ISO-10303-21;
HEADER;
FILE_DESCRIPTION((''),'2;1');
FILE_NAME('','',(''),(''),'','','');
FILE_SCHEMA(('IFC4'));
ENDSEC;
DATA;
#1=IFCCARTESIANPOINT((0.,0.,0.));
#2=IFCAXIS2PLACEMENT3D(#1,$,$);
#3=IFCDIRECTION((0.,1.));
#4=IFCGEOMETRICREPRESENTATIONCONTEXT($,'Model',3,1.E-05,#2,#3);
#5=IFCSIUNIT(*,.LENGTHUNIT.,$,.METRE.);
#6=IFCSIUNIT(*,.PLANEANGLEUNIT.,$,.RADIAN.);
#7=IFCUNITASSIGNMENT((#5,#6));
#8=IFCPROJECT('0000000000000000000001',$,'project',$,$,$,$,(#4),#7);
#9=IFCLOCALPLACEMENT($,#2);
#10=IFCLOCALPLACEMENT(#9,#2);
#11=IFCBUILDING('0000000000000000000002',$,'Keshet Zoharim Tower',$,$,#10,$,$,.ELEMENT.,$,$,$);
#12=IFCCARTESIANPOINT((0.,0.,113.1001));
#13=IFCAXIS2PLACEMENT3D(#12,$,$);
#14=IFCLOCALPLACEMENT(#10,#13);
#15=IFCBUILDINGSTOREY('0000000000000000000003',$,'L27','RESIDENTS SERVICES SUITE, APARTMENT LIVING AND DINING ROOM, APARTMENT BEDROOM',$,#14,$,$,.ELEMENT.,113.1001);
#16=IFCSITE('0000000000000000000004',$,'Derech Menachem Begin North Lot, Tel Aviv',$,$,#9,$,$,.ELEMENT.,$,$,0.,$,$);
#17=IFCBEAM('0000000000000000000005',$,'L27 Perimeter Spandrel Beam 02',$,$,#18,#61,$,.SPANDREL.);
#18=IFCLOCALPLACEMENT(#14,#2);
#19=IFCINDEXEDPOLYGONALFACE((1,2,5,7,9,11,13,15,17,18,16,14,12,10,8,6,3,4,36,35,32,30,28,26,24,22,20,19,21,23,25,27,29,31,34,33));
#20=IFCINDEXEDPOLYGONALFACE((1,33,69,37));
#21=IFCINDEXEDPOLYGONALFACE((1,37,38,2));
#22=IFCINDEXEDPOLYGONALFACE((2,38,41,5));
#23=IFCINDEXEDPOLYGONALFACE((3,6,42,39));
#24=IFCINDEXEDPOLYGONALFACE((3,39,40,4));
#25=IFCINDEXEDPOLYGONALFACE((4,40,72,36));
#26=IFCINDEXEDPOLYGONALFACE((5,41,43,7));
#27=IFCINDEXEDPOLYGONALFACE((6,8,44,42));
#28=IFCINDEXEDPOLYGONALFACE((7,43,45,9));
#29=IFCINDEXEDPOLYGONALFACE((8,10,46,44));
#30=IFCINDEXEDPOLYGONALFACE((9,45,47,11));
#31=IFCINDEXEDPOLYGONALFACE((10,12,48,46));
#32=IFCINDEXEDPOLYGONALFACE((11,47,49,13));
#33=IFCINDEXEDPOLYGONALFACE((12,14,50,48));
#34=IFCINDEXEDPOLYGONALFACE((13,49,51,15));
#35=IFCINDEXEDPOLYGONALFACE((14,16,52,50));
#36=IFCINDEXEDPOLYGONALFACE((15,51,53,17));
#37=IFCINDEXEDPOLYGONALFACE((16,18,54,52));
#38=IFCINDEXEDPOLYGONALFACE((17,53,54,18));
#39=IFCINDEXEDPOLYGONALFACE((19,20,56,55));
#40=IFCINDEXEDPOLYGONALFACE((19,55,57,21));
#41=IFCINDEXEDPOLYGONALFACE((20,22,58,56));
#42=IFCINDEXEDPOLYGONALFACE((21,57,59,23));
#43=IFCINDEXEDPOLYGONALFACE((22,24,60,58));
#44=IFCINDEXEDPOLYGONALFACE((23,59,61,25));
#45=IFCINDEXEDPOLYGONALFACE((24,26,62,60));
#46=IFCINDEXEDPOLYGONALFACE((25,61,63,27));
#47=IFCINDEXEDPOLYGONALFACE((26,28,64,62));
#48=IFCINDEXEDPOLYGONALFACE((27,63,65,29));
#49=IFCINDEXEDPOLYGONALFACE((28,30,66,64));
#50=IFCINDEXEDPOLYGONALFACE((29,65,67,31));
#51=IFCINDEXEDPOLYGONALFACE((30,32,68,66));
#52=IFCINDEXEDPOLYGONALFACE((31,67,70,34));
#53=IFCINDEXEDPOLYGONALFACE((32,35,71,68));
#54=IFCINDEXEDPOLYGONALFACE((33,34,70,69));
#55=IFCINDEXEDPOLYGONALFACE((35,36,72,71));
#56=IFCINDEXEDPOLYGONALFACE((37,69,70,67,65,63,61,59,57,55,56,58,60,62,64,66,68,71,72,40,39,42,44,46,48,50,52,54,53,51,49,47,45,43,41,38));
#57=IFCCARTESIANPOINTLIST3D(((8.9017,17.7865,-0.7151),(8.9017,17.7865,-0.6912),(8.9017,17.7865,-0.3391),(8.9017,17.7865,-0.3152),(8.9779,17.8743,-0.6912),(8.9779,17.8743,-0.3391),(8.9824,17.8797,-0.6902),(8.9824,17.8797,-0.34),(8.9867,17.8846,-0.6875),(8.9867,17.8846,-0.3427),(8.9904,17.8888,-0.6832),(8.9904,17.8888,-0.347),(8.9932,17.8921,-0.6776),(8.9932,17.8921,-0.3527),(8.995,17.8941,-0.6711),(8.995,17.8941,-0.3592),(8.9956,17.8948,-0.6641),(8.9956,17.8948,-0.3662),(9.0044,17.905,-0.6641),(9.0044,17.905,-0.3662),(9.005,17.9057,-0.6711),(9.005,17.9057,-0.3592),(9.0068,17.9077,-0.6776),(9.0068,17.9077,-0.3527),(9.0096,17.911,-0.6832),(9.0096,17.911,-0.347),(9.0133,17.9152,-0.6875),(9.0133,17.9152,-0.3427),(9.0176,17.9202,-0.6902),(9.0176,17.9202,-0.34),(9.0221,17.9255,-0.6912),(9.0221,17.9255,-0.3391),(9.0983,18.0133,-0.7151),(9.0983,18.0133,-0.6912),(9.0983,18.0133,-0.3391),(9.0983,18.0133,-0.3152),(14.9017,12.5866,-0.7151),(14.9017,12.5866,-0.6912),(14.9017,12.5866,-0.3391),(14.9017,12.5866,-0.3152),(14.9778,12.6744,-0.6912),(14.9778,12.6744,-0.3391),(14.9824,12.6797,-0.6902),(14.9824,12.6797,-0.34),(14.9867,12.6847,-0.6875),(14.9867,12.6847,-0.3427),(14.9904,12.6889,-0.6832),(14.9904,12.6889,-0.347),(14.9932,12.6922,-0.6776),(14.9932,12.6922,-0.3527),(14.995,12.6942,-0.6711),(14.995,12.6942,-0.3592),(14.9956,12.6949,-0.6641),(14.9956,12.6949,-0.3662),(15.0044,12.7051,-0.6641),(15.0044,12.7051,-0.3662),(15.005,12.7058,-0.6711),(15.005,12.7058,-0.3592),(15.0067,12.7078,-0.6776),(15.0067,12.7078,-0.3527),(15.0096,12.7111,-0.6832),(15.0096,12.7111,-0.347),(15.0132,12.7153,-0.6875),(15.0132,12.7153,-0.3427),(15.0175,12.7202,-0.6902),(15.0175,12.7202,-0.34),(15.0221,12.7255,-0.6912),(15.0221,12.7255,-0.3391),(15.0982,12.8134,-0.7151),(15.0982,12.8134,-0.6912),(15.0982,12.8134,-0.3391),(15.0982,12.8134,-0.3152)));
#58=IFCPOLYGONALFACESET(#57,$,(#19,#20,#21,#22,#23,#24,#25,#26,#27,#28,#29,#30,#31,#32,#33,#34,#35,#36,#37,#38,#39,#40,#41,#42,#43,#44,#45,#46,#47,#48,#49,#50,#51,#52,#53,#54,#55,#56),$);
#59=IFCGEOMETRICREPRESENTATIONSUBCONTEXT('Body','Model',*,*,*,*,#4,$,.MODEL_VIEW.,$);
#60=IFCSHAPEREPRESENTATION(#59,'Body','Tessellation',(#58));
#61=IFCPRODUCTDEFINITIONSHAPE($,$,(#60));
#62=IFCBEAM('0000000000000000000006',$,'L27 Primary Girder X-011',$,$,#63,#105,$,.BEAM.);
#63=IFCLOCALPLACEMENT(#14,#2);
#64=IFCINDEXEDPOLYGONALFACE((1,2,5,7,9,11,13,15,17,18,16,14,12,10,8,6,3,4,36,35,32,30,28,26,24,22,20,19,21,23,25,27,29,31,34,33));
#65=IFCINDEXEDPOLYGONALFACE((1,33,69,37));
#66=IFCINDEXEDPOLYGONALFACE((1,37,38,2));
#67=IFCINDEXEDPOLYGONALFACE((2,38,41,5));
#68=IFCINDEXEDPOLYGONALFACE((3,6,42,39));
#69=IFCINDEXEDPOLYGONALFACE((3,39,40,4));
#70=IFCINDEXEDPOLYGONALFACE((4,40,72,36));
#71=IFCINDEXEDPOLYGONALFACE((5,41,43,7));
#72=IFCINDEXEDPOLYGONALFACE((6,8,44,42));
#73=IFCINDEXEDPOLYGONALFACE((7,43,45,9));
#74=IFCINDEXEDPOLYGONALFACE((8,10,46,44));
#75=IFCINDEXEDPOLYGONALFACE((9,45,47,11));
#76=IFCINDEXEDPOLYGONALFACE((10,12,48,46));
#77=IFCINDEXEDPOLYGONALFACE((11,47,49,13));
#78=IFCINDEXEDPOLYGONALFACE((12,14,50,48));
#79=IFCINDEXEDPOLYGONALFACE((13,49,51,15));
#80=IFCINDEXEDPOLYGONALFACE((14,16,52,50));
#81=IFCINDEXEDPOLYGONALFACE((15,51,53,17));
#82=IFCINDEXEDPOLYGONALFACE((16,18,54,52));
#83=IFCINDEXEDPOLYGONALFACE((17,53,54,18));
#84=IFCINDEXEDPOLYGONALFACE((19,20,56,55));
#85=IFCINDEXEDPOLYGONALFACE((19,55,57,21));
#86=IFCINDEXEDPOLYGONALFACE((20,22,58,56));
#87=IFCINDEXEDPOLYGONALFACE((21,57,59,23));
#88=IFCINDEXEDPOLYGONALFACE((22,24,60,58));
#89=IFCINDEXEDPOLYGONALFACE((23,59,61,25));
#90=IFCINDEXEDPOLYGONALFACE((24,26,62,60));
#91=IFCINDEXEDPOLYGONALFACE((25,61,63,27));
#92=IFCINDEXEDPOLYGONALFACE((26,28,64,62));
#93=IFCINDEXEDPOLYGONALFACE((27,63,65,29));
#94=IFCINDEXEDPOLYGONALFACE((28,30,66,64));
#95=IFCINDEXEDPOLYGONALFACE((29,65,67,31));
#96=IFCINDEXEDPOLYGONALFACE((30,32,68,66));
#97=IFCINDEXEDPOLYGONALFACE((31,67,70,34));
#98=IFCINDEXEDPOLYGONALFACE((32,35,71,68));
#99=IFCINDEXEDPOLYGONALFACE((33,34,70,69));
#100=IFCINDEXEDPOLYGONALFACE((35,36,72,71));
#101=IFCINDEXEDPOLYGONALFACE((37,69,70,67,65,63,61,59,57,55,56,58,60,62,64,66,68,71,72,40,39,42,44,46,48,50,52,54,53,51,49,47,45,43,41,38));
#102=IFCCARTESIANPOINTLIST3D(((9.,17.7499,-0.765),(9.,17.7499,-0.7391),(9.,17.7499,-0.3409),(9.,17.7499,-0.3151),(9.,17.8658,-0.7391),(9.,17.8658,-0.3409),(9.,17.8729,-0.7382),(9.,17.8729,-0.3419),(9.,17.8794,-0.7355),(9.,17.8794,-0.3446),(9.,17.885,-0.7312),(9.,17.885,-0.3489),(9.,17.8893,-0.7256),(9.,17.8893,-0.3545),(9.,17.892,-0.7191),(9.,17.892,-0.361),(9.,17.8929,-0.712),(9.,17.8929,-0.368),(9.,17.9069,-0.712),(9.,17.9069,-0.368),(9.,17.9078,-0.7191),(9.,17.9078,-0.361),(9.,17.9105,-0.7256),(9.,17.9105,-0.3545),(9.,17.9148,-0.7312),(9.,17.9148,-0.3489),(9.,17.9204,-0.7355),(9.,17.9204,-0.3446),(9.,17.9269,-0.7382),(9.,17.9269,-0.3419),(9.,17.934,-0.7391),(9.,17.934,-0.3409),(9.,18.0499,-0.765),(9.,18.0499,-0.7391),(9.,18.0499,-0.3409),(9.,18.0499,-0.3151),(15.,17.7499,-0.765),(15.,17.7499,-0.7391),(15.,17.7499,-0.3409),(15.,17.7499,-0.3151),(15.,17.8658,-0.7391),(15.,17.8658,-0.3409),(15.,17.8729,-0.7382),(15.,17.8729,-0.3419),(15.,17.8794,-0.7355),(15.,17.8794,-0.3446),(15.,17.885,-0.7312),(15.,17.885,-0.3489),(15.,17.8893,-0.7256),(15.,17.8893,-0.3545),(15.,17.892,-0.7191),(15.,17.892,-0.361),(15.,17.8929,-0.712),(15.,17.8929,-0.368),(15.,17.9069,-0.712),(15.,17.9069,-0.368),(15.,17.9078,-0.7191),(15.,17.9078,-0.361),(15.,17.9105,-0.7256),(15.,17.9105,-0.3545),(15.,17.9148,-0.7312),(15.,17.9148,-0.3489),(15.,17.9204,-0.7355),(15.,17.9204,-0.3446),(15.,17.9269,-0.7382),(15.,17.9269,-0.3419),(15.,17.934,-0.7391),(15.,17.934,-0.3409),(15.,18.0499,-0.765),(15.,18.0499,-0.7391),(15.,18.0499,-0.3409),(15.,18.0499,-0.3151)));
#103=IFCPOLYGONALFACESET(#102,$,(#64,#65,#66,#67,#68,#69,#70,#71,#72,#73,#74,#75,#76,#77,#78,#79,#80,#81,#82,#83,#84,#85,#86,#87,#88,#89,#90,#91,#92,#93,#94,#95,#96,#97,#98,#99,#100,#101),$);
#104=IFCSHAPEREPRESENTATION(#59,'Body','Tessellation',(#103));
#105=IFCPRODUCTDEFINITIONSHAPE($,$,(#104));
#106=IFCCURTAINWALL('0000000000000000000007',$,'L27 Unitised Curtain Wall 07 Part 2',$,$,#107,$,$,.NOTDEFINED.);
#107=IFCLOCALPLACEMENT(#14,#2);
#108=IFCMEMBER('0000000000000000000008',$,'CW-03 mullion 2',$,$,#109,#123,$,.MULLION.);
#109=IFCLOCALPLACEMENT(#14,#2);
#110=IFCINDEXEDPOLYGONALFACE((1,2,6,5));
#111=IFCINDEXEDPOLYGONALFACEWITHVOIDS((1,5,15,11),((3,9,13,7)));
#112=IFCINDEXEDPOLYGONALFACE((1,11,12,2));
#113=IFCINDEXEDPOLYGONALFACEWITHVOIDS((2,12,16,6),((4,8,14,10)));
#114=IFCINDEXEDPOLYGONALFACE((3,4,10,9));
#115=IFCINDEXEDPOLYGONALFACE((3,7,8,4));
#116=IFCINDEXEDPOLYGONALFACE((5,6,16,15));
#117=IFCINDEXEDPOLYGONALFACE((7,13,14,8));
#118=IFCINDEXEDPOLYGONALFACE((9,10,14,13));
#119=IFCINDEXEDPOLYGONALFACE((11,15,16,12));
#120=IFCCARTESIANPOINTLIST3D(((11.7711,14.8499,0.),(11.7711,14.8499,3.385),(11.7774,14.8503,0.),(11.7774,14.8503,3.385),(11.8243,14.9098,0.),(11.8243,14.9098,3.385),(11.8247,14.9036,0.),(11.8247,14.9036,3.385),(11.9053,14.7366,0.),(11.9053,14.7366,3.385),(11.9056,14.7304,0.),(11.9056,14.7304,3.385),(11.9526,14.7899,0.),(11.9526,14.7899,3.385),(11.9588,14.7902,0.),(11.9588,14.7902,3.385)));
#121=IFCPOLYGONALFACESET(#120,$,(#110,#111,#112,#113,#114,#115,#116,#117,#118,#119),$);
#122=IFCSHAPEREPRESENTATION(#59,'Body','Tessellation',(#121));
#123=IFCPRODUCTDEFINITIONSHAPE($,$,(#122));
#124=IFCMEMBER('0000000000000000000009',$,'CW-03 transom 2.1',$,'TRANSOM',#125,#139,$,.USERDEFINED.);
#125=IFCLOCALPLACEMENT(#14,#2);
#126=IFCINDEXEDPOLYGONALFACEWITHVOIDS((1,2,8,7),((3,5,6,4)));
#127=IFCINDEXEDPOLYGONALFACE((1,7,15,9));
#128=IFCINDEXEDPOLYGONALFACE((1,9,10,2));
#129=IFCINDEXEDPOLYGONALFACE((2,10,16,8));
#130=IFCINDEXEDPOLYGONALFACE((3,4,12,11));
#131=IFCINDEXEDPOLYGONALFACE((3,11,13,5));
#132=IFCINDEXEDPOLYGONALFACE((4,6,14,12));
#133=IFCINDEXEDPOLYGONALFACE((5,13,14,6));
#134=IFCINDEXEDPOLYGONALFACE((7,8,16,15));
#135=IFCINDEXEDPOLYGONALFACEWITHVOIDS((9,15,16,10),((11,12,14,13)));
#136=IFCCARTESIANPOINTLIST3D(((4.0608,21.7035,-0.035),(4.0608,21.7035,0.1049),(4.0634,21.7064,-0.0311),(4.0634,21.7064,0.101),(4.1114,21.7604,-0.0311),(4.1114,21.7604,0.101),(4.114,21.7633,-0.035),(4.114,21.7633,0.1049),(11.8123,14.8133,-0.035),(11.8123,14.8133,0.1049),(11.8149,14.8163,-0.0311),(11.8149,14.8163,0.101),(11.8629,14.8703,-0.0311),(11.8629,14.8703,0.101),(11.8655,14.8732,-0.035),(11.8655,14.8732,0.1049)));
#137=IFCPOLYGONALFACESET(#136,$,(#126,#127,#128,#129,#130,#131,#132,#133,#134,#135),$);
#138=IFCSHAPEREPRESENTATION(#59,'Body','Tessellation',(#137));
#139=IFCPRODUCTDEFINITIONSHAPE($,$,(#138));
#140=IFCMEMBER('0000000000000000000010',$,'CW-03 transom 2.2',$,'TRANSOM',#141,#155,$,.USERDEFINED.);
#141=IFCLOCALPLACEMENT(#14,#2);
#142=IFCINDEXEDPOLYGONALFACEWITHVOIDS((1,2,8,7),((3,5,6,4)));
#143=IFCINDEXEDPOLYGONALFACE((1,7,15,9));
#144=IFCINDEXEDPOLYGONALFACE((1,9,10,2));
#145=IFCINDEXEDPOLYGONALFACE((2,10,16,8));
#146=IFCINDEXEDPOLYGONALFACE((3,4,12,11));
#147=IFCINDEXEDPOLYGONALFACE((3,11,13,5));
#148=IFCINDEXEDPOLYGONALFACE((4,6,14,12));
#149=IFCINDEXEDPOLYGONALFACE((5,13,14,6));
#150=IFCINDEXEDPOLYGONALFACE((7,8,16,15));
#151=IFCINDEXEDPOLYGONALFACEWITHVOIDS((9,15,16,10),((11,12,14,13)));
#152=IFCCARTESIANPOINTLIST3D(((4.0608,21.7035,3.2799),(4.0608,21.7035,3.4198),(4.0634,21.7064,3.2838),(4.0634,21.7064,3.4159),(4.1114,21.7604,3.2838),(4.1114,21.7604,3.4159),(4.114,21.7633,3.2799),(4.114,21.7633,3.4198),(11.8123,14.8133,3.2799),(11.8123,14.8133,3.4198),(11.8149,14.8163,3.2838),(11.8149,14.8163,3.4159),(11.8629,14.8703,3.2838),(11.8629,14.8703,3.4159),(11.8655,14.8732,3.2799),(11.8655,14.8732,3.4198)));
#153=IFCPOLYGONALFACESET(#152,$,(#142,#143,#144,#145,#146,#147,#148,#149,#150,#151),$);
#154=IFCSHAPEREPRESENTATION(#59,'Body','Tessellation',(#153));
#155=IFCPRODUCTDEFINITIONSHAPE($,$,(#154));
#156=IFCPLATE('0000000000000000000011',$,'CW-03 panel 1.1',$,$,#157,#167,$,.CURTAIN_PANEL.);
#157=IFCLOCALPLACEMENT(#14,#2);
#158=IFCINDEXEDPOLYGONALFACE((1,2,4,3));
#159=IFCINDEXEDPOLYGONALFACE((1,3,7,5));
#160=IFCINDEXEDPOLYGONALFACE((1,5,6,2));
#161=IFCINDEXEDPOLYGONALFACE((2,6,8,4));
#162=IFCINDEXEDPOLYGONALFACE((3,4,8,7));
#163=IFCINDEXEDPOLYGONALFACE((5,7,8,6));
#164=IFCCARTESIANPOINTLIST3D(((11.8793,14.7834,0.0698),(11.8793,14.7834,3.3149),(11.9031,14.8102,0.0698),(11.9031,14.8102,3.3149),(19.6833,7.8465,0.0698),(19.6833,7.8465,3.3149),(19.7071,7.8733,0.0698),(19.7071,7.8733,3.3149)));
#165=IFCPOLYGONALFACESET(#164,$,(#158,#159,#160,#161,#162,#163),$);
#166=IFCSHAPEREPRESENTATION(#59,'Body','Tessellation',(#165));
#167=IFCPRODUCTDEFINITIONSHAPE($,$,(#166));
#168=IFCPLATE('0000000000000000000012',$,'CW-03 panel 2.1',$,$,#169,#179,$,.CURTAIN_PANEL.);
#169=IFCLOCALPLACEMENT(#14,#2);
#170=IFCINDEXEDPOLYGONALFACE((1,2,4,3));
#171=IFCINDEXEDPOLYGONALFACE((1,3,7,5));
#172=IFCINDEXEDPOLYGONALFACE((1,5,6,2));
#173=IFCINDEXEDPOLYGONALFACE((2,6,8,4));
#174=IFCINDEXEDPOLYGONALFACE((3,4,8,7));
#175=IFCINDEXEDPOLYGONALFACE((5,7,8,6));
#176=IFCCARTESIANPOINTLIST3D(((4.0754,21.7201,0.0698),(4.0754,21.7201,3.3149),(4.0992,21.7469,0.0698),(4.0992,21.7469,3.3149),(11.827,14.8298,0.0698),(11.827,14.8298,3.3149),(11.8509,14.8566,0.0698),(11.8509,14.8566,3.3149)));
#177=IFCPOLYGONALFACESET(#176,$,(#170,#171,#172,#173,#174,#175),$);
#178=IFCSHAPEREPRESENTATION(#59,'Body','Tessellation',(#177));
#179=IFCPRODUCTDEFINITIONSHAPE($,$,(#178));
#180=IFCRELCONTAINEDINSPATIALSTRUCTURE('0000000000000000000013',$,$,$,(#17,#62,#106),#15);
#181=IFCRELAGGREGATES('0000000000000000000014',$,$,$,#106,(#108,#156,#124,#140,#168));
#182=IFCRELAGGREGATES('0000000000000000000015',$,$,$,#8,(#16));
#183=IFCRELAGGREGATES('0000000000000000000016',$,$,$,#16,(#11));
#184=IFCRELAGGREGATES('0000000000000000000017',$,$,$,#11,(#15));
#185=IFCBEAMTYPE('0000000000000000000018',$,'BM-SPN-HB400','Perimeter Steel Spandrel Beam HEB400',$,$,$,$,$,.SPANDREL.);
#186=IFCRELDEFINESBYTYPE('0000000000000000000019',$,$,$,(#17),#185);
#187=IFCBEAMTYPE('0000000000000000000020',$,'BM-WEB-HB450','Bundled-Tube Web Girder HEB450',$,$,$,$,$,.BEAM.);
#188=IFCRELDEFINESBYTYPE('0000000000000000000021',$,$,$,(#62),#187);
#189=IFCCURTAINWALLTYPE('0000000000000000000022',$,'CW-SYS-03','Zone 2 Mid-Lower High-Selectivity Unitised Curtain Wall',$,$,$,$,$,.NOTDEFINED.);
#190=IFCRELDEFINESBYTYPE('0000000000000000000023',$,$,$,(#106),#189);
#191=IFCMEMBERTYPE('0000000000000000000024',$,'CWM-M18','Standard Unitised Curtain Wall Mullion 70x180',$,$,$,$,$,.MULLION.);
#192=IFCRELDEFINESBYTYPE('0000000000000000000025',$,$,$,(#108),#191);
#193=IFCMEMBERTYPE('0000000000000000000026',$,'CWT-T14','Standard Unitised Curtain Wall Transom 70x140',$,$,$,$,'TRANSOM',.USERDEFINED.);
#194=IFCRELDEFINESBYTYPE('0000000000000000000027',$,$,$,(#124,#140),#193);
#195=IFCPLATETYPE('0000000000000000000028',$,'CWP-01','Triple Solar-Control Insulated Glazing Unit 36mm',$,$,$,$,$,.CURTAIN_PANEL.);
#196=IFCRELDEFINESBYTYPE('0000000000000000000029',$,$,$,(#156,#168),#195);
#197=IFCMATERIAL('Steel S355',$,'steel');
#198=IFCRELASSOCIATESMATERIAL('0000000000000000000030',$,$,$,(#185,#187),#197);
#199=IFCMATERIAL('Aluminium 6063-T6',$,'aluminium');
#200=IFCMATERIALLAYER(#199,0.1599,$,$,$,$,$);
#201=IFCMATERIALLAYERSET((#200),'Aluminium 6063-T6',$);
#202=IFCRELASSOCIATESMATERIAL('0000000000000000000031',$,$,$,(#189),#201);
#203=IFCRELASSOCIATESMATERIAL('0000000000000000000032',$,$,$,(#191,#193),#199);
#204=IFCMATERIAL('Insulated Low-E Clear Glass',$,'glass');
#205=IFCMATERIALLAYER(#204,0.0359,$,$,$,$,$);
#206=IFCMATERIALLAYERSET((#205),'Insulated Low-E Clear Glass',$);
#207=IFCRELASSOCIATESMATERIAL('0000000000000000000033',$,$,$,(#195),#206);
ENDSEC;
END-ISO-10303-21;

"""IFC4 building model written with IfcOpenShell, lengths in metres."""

from ifc_helpers import new_model, si_unit, direction, frame, origin, origin_2d, place, context, subcontext, project, spatial, rectangle, hollow_rectangle, i_section, extrude, material, layer, layer_set, material_profile, profile_set, type_object, element, aggregate, save


model = new_model("IFC4")

# Units and contexts
model_context = context("Model", 3, precision=1e-05, world=origin(), true_north=direction((0.0, 1.0)))
body_context = subcontext(model_context, "Body", "Model", "MODEL_VIEW")
ifc_project = project(units=[si_unit("LENGTHUNIT", "METRE"), si_unit("PLANEANGLEUNIT", "RADIAN")], contexts=[model_context])

# Site, building, storey
site_placement = place(None, origin())
site = spatial("IfcSite", under=ifc_project, at=site_placement, Name="Derech Menachem Begin North Lot, Tel Aviv", CompositionType="ELEMENT", RefElevation=0.0)
building_placement = place(site_placement, origin())
building = spatial("IfcBuilding", under=site, at=building_placement, Name="Keshet Zoharim Tower", CompositionType="ELEMENT")
storey_placement = place(building_placement, frame((0.0, 0.0, 113.1001)))
storey = spatial("IfcBuildingStorey", under=building, at=storey_placement, Name="L27", Description="RESIDENTS SERVICES SUITE, APARTMENT LIVING AND DINING ROOM, APARTMENT BEDROOM", CompositionType="ELEMENT", Elevation=113.1001)

# Shared definitions
ifc_material_1 = material(Name="Steel S355", Category="steel")

# Beams
ifc_material_profile_1 = material_profile(ifc_material_1, i_section(OverallWidth=0.3, OverallDepth=0.3999, WebThickness=0.0134, FlangeThickness=0.0239, FilletRadius=0.0271, at=origin_2d()), Name="HEB400")
ifc_profile_set_1 = profile_set([ifc_material_profile_1], Name="Steel S355")
beam_type_1 = type_object("IfcBeamType", Name="BM-SPN-HB400", Description="Perimeter Steel Spandrel Beam HEB400", PredefinedType="SPANDREL", material=ifc_profile_set_1)
beam_1_placement = place(storey_placement, frame((9.0, 17.8999, -0.5151), z_axis=(0.755692, -0.654927, 0.0), x_axis=(0.654927, 0.755692, 0.0)))
element("IfcBeam", 1, at=beam_1_placement, inside=storey, type_object=beam_type_1, Name="L27 Perimeter Spandrel Beam 02", PredefinedType="SPANDREL", context=body_context, shape_type="SweptSolid", body=[
    extrude(i_section(OverallWidth=0.3, OverallDepth=0.3999, WebThickness=0.0134, FlangeThickness=0.0239, FilletRadius=0.0271, at=origin_2d()), origin(), (0.0, 0.0, 1.0), 7.9397),
])
ifc_material_profile_2 = material_profile(ifc_material_1, i_section(OverallWidth=0.3, OverallDepth=0.45, WebThickness=0.0139, FlangeThickness=0.0259, FilletRadius=0.0271, at=origin_2d()), Name="HEB450")
ifc_profile_set_2 = profile_set([ifc_material_profile_2], Name="Steel S355")
beam_type_2 = type_object("IfcBeamType", Name="BM-WEB-HB450", Description="Bundled-Tube Web Girder HEB450", PredefinedType="BEAM", material=ifc_profile_set_2)
beam_2_placement = place(storey_placement, frame((9.0, 17.8999, -0.54), z_axis=(1.0, 0.0, 0.0), x_axis=(0.0, 1.0, 0.0)))
element("IfcBeam", 2, at=beam_2_placement, inside=storey, type_object=beam_type_2, Name="L27 Primary Girder X-011", PredefinedType="BEAM", context=body_context, shape_type="SweptSolid", body=[
    extrude(i_section(OverallWidth=0.3, OverallDepth=0.45, WebThickness=0.0139, FlangeThickness=0.0259, FilletRadius=0.0271, at=origin_2d()), origin(), (0.0, 0.0, 1.0), 6.0),
])

# Curtain wall, members, plates
ifc_material_2 = material(Name="Aluminium 6063-T6", Category="aluminium")
ifc_layer_1 = layer(ifc_material_2, 0.1599)
ifc_layer_set_1 = layer_set([ifc_layer_1], Name="Aluminium 6063-T6")
curtain_wall_type = type_object("IfcCurtainWallType", Name="CW-SYS-03", Description="Zone 2 Mid-Lower High-Selectivity Unitised Curtain Wall", PredefinedType="NOTDEFINED", material=ifc_layer_set_1)
curtain_wall_placement = place(storey_placement, origin())
curtain_wall = element("IfcCurtainWall", 3, at=curtain_wall_placement, inside=storey, type_object=curtain_wall_type, Name="L27 Unitised Curtain Wall 07 Part 2", PredefinedType="NOTDEFINED")
ifc_material_profile_3 = material_profile(ifc_material_2, hollow_rectangle(XDim=0.0801, YDim=0.1799, WallThickness=0.0044, at=origin_2d()), Name="MUL-80x180")
ifc_profile_set_3 = profile_set([ifc_material_profile_3], Name="Aluminium 6063-T6")
member_type_1 = type_object("IfcMemberType", Name="CWM-M18", Description="Standard Unitised Curtain Wall Mullion 70x180", PredefinedType="MULLION", material=ifc_profile_set_3)
member_1_placement = place(storey_placement, frame((11.865, 14.8201, 0.0), z_axis=(0.0, 0.0, 1.0), x_axis=(-0.664362, -0.747411, 0.0)))
member_1 = element("IfcMember", 4, at=member_1_placement, type_object=member_type_1, Name="CW-03 mullion 2", PredefinedType="MULLION", context=body_context, shape_type="SweptSolid", body=[
    extrude(hollow_rectangle(XDim=0.0801, YDim=0.1799, WallThickness=0.0044, at=origin_2d()), origin(), (0.0, 0.0, 1.0), 3.385),
])
ifc_material_profile_4 = material_profile(ifc_material_2, hollow_rectangle(XDim=0.0801, YDim=0.1399, WallThickness=0.0039, at=origin_2d()), Name="TRN-80x140")
ifc_profile_set_4 = profile_set([ifc_material_profile_4], Name="Aluminium 6063-T6")
member_type_2 = type_object("IfcMemberType", Name="CWT-T14", Description="Standard Unitised Curtain Wall Transom 70x140", ElementType="TRANSOM", PredefinedType="USERDEFINED", material=ifc_profile_set_4)
member_2_placement = place(storey_placement, frame((11.8389, 14.8433, 0.0349), z_axis=(-0.747412, 0.664361, 0.0), x_axis=(-0.664361, -0.747412, 0.0)))
member_2 = element("IfcMember", 5, at=member_2_placement, type_object=member_type_2, Name="CW-03 transom 2.1", ObjectType="TRANSOM", PredefinedType="USERDEFINED", context=body_context, shape_type="SweptSolid", body=[
    extrude(hollow_rectangle(XDim=0.0801, YDim=0.1399, WallThickness=0.0039, at=origin_2d()), origin(), (0.0, 0.0, 1.0), 10.3711),
])
member_3_placement = place(storey_placement, frame((11.8389, 14.8433, 3.3499), z_axis=(-0.747412, 0.664361, 0.0), x_axis=(-0.664361, -0.747412, 0.0)))
member_3 = element("IfcMember", 6, at=member_3_placement, type_object=member_type_2, Name="CW-03 transom 2.2", ObjectType="TRANSOM", PredefinedType="USERDEFINED", context=body_context, shape_type="SweptSolid", body=[
    extrude(hollow_rectangle(XDim=0.0801, YDim=0.1399, WallThickness=0.0039, at=origin_2d()), origin(), (0.0, 0.0, 1.0), 10.3711),
])
ifc_material_3 = material(Name="Insulated Low-E Clear Glass", Category="glass")
ifc_layer_2 = layer(ifc_material_3, 0.0359)
ifc_layer_set_2 = layer_set([ifc_layer_2], Name="Insulated Low-E Clear Glass")
plate_type = type_object("IfcPlateType", Name="CWP-01", Description="Triple Solar-Control Insulated Glazing Unit 36mm", PredefinedType="CURTAIN_PANEL", material=ifc_layer_set_2)
plate_1_placement = place(storey_placement, frame((15.7932, 11.3284, 0.0698), z_axis=(0.0, 0.0, 1.0), x_axis=(-0.747411, 0.664362, 0.0)))
plate_1 = element("IfcPlate", 7, at=plate_1_placement, type_object=plate_type, Name="CW-03 panel 1.1", PredefinedType="CURTAIN_PANEL", context=body_context, shape_type="SweptSolid", body=[
    extrude(rectangle(XDim=10.4414, YDim=0.0359, at=origin_2d()), origin(), (0.0, 0.0, 1.0), 3.2451),
])
plate_2_placement = place(storey_placement, frame((7.9631, 18.2883, 0.0698), z_axis=(0.0, 0.0, 1.0), x_axis=(-0.747411, 0.664362, 0.0)))
plate_2 = element("IfcPlate", 8, at=plate_2_placement, type_object=plate_type, Name="CW-03 panel 2.1", PredefinedType="CURTAIN_PANEL", context=body_context, shape_type="SweptSolid", body=[
    extrude(rectangle(XDim=10.3713, YDim=0.0359, at=origin_2d()), origin(), (0.0, 0.0, 1.0), 3.2451),
])
aggregate(curtain_wall, [member_1, plate_1, member_2, member_3, plate_2])

save(model, "model.ifc")
